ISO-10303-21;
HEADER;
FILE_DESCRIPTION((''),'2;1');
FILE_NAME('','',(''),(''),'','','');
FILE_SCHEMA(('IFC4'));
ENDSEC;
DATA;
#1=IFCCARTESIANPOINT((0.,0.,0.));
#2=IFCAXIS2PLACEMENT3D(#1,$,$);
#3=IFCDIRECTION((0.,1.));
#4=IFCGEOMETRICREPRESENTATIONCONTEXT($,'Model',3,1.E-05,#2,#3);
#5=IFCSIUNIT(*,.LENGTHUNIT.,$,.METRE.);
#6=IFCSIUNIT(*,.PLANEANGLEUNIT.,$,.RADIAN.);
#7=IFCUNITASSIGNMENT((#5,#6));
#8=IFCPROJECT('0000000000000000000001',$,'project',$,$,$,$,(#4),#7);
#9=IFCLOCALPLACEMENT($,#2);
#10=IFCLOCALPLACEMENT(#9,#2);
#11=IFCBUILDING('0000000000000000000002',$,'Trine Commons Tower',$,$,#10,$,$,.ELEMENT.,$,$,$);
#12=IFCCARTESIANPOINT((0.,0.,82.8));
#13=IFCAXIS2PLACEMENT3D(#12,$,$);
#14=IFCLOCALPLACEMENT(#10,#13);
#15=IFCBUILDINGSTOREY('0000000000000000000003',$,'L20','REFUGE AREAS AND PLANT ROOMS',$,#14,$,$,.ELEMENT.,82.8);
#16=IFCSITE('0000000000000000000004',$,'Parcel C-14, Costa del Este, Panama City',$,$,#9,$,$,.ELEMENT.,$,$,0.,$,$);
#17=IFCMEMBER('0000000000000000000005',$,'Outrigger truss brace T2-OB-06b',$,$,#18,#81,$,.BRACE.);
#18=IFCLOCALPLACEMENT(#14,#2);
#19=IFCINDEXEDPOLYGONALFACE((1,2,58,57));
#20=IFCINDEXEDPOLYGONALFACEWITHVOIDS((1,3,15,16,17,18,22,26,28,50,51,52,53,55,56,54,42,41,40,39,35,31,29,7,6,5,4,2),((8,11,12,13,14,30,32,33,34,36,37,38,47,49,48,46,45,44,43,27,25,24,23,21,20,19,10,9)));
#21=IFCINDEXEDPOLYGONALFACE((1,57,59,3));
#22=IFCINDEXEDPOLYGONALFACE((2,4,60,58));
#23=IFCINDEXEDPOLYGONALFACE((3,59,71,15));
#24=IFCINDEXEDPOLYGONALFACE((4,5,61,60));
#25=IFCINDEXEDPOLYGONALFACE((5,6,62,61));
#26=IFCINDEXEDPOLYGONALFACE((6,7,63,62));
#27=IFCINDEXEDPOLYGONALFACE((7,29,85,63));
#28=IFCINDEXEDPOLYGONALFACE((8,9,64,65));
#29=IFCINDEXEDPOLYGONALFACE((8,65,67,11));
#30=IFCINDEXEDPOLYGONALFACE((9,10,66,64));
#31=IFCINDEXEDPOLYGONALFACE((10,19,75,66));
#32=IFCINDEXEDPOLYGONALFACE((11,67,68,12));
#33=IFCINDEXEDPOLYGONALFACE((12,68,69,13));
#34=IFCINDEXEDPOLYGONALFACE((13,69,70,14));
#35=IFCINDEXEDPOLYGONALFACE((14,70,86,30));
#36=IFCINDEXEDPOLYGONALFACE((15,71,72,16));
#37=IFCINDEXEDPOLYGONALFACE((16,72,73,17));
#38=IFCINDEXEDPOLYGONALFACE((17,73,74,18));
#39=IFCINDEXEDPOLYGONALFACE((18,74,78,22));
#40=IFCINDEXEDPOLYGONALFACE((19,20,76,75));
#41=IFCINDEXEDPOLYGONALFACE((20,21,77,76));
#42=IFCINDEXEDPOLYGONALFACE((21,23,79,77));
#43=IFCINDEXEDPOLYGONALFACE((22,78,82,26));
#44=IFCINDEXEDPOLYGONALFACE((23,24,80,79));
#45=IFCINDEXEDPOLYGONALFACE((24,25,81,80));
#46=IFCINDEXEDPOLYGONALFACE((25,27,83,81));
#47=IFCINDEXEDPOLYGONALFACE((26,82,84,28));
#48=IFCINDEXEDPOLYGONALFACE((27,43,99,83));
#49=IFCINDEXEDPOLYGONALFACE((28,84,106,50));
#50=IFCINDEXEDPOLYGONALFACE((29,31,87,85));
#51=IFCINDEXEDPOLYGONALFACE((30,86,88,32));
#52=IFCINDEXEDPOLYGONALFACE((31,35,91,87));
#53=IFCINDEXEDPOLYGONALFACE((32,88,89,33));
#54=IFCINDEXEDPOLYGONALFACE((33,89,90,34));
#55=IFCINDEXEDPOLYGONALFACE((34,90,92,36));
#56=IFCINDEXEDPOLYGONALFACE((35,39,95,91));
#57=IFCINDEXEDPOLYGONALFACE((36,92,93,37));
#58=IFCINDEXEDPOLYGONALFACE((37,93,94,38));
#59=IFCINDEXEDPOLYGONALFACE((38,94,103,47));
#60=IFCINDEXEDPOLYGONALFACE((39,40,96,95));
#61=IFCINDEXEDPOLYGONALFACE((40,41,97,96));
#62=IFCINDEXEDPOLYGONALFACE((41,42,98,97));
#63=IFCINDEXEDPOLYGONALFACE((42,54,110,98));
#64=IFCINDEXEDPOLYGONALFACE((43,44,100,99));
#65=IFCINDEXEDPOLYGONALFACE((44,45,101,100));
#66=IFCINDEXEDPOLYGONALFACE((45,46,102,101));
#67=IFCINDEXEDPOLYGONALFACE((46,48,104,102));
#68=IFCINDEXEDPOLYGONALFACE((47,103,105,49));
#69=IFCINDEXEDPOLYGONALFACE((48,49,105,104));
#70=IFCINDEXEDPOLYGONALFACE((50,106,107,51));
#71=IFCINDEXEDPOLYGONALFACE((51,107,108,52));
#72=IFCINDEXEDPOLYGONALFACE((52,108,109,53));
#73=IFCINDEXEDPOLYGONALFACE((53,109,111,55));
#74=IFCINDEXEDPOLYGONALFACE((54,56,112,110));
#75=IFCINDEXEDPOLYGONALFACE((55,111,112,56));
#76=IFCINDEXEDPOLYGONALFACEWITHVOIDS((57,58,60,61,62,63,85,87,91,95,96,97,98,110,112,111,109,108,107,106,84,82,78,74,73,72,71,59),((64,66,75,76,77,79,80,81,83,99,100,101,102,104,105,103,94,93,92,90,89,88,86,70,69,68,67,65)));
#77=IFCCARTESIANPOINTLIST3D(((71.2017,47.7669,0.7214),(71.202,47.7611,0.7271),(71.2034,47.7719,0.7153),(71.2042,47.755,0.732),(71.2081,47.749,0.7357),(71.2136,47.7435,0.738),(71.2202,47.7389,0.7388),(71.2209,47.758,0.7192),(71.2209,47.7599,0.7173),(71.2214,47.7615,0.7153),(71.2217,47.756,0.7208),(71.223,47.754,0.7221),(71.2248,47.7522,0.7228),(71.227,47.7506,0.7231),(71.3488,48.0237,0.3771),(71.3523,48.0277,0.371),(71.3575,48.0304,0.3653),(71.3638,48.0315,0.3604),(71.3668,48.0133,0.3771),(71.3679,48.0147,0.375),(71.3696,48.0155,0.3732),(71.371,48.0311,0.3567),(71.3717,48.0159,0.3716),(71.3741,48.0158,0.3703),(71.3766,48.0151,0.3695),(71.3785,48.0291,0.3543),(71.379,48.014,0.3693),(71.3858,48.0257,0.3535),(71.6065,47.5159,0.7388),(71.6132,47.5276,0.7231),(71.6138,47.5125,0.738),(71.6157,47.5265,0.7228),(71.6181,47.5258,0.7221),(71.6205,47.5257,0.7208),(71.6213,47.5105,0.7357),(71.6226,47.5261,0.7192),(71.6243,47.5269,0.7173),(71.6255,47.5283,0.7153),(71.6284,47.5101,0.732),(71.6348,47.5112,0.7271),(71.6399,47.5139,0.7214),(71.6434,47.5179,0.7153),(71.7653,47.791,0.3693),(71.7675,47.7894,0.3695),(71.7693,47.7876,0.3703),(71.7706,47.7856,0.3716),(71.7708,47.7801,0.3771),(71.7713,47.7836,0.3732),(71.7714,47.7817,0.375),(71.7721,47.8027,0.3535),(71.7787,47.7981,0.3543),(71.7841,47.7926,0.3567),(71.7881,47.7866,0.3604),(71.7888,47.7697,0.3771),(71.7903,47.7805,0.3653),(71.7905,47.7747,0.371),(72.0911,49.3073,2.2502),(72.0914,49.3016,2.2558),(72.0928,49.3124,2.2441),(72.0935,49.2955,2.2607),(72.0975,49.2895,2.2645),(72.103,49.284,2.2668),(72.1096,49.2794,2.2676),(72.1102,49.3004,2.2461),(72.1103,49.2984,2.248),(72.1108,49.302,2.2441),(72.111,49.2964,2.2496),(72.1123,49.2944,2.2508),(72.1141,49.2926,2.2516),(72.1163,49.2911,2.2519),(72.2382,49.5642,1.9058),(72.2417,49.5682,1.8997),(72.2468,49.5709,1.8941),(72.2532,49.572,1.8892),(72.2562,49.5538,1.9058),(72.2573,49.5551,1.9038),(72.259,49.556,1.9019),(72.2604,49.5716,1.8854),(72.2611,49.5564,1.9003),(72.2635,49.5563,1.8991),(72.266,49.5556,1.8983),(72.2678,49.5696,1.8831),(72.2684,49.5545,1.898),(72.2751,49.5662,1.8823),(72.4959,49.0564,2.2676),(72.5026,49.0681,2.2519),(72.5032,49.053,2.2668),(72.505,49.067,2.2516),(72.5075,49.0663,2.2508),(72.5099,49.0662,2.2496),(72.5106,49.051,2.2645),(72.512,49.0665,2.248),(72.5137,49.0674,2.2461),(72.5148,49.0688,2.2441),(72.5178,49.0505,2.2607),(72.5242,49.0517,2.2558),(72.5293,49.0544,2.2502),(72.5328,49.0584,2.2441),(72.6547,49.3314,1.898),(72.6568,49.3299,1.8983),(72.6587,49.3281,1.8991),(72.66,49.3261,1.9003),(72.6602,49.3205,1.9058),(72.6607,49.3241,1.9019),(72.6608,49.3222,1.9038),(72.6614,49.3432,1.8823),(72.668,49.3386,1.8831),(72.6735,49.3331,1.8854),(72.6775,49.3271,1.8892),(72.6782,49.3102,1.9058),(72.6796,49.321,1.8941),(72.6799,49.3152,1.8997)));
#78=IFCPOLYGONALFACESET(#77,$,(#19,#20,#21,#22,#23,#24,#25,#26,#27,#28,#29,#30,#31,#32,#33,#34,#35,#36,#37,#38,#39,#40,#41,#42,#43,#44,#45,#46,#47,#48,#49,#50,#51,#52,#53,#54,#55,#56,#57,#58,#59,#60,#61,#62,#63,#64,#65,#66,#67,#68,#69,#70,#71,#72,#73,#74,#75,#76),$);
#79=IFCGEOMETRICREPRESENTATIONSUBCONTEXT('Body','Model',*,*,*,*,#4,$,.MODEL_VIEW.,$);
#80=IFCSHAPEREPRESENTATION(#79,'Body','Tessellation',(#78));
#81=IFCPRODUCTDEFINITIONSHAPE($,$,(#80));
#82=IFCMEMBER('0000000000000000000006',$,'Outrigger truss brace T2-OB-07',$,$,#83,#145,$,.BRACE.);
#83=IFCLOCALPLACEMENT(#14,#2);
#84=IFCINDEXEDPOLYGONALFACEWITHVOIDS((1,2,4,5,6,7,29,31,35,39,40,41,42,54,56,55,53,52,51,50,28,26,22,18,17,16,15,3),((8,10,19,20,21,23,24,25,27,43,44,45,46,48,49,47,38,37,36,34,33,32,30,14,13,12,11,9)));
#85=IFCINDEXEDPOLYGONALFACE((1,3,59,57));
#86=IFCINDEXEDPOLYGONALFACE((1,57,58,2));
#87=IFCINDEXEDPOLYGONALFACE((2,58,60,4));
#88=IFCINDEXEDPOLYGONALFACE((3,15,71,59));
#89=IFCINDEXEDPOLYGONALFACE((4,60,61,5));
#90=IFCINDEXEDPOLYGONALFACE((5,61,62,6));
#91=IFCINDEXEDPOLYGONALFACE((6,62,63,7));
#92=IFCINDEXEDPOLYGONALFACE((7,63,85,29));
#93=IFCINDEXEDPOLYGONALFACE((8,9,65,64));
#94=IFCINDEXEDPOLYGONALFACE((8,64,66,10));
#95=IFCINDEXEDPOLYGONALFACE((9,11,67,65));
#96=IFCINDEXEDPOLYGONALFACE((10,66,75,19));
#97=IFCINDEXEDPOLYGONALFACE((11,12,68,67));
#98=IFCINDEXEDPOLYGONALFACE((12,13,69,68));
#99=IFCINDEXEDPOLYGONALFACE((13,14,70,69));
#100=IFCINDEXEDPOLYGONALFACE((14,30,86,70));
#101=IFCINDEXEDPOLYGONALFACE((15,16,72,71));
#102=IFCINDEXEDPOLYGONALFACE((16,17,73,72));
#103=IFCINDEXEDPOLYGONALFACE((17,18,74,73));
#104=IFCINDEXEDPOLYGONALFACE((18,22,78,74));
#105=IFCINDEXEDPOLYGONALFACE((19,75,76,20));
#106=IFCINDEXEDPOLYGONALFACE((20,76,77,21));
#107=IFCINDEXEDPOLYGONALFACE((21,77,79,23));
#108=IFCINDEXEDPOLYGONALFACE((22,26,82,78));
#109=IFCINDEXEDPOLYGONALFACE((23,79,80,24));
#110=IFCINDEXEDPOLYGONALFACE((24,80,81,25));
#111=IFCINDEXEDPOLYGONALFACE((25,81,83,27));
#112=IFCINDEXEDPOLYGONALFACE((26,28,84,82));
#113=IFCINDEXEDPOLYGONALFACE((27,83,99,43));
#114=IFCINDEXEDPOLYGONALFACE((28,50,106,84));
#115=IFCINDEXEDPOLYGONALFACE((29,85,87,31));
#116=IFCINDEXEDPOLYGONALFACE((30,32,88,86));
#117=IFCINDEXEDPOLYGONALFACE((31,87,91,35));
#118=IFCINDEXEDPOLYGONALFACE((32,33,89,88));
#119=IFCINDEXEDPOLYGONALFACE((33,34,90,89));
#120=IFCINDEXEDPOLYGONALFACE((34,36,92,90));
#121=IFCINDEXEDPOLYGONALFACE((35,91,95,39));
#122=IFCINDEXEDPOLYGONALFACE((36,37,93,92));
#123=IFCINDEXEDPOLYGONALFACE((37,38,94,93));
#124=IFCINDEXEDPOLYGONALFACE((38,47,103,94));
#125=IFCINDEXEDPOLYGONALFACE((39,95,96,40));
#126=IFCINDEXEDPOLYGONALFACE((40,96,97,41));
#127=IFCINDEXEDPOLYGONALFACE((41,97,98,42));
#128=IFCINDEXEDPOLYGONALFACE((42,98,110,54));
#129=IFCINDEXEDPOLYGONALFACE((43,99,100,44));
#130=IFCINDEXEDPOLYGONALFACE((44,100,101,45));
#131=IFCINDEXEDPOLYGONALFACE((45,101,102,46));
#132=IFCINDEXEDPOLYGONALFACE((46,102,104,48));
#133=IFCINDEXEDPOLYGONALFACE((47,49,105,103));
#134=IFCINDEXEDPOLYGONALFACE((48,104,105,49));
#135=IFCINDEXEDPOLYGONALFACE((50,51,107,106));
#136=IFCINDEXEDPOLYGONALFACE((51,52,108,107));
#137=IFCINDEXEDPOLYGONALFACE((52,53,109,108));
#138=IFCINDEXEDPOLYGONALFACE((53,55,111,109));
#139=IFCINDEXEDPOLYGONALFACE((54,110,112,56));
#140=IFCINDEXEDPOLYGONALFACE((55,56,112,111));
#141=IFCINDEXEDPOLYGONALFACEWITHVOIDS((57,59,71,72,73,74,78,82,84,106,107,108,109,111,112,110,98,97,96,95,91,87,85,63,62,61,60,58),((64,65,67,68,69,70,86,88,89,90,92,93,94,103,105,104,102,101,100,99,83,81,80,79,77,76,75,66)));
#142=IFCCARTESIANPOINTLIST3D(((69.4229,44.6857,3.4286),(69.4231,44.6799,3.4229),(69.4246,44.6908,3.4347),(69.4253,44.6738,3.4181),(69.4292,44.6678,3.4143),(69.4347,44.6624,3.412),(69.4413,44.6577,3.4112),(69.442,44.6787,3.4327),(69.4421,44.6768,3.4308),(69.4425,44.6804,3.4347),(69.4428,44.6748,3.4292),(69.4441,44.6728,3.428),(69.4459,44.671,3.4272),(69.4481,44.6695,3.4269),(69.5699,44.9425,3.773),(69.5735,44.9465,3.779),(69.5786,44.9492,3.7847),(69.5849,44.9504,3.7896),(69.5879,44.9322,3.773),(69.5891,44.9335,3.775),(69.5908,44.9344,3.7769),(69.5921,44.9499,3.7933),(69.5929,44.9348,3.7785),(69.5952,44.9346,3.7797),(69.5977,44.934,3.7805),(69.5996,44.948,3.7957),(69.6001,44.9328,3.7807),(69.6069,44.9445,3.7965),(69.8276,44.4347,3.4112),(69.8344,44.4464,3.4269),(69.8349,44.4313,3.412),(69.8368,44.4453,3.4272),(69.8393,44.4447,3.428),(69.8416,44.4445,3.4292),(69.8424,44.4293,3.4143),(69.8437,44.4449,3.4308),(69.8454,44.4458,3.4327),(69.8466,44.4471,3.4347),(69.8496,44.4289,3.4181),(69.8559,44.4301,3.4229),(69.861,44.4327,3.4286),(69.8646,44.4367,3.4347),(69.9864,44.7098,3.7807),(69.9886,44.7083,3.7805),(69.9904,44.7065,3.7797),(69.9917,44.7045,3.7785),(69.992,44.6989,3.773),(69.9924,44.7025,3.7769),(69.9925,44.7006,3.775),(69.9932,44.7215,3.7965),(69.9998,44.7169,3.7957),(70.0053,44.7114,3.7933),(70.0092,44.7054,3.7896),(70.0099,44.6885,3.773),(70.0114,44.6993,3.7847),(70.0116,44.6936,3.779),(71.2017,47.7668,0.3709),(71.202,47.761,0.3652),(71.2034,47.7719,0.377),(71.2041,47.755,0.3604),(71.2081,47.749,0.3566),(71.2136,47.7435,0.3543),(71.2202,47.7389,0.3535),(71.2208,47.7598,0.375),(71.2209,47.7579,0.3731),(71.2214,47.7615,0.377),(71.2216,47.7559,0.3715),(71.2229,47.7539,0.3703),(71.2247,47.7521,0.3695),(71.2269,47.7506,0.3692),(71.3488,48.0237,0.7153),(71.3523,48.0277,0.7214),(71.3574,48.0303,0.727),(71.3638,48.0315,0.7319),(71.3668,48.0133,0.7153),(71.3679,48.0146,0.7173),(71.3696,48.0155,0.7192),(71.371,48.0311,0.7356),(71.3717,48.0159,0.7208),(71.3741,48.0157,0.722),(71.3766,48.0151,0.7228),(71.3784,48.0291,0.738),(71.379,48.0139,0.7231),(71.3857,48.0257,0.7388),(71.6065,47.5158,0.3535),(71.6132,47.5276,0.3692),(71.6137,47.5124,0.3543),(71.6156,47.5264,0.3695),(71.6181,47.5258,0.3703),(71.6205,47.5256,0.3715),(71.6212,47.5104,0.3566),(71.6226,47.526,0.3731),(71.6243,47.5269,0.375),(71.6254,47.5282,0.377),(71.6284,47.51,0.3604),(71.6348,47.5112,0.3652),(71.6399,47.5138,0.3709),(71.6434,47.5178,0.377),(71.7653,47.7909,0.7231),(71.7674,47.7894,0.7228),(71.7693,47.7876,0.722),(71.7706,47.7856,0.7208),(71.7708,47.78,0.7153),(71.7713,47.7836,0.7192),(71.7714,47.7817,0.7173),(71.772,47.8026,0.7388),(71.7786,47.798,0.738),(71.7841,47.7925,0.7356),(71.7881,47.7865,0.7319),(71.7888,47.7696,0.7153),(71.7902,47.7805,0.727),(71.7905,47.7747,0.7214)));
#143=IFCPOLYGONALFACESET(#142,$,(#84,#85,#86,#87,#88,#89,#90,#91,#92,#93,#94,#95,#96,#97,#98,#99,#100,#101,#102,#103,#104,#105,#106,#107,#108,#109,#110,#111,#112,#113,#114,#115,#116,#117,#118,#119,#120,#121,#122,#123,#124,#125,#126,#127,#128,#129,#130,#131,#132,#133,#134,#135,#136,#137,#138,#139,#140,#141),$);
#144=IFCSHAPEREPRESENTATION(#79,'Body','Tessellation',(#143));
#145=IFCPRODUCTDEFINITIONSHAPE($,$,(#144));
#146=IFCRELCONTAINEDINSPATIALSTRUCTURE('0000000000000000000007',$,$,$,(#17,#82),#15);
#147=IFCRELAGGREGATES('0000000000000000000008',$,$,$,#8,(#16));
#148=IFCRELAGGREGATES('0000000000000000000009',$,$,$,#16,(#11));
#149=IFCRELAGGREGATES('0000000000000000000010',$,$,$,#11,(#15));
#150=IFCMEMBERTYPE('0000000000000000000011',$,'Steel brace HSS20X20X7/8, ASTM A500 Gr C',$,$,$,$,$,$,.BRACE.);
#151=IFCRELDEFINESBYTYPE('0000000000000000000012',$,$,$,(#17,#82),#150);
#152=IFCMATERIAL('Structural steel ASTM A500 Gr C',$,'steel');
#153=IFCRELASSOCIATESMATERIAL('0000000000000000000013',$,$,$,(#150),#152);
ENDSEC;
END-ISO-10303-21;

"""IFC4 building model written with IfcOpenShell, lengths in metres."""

from ifc_helpers import new_model, si_unit, direction, frame, origin, origin_2d, place, context, subcontext, project, spatial, hollow_rectangle, extrude, material, material_profile, profile_set, type_object, element, save


model = new_model("IFC4")

# Units and contexts
model_context = context("Model", 3, precision=1e-05, world=origin(), true_north=direction((0.0, 1.0)))
body_context = subcontext(model_context, "Body", "Model", "MODEL_VIEW")
ifc_project = project(units=[si_unit("LENGTHUNIT", "METRE"), si_unit("PLANEANGLEUNIT", "RADIAN")], contexts=[model_context])

# Site, building, storey
site_placement = place(None, origin())
site = spatial("IfcSite", under=ifc_project, at=site_placement, Name="Parcel C-14, Costa del Este, Panama City", CompositionType="ELEMENT", RefElevation=0.0)
building_placement = place(site_placement, origin())
building = spatial("IfcBuilding", under=site, at=building_placement, Name="Trine Commons Tower", CompositionType="ELEMENT")
storey_placement = place(building_placement, frame((0.0, 0.0, 82.8)))
storey = spatial("IfcBuildingStorey", under=building, at=storey_placement, Name="L20", Description="REFUGE AREAS AND PLANT ROOMS", CompositionType="ELEMENT", Elevation=82.8)

# Members
ifc_material_1 = material(Name="Structural steel ASTM A500 Gr C", Category="steel")
ifc_material_profile_1 = material_profile(ifc_material_1, hollow_rectangle(XDim=0.5081, YDim=0.5081, WallThickness=0.0208, InnerFilletRadius=0.0103, OuterFilletRadius=0.031, at=origin_2d()), Name="HSS20X20X7/8")
ifc_profile_set_1 = profile_set([ifc_material_profile_1], Name="Structural steel ASTM A500 Gr C")
member_type_1 = type_object("IfcMemberType", Name="Steel brace HSS20X20X7/8, ASTM A500 Gr C", PredefinedType="BRACE", material=ifc_profile_set_1)
member_1_placement = place(storey_placement, frame((72.3855, 49.3113, 2.075), z_axis=(-0.379191, -0.656792, -0.651796), x_axis=(0.86603, -0.499992, 0.0)))
element("IfcMember", 1, at=member_1_placement, inside=storey, type_object=member_type_1, Name="Outrigger truss brace T2-OB-06b", PredefinedType="BRACE", context=body_context, shape_type="SweptSolid", body=[
    extrude(hollow_rectangle(XDim=0.5081, YDim=0.5081, WallThickness=0.0208, InnerFilletRadius=0.0103, OuterFilletRadius=0.031, at=origin_2d()), origin(), (0.0, 0.0, 1.0), 2.3455),
])
member_2_placement = place(storey_placement, frame((71.4961, 47.7708, 0.5461), z_axis=(-0.379191, -0.656792, 0.651796), x_axis=(0.86603, -0.499992, 0.0)))
element("IfcMember", 2, at=member_2_placement, inside=storey, type_object=member_type_1, Name="Outrigger truss brace T2-OB-07", PredefinedType="BRACE", context=body_context, shape_type="SweptSolid", body=[
    extrude(hollow_rectangle(XDim=0.5081, YDim=0.5081, WallThickness=0.0208, InnerFilletRadius=0.0103, OuterFilletRadius=0.031, at=origin_2d()), origin(), (0.0, 0.0, 1.0), 4.6912),
])

save(model, "model.ifc")
